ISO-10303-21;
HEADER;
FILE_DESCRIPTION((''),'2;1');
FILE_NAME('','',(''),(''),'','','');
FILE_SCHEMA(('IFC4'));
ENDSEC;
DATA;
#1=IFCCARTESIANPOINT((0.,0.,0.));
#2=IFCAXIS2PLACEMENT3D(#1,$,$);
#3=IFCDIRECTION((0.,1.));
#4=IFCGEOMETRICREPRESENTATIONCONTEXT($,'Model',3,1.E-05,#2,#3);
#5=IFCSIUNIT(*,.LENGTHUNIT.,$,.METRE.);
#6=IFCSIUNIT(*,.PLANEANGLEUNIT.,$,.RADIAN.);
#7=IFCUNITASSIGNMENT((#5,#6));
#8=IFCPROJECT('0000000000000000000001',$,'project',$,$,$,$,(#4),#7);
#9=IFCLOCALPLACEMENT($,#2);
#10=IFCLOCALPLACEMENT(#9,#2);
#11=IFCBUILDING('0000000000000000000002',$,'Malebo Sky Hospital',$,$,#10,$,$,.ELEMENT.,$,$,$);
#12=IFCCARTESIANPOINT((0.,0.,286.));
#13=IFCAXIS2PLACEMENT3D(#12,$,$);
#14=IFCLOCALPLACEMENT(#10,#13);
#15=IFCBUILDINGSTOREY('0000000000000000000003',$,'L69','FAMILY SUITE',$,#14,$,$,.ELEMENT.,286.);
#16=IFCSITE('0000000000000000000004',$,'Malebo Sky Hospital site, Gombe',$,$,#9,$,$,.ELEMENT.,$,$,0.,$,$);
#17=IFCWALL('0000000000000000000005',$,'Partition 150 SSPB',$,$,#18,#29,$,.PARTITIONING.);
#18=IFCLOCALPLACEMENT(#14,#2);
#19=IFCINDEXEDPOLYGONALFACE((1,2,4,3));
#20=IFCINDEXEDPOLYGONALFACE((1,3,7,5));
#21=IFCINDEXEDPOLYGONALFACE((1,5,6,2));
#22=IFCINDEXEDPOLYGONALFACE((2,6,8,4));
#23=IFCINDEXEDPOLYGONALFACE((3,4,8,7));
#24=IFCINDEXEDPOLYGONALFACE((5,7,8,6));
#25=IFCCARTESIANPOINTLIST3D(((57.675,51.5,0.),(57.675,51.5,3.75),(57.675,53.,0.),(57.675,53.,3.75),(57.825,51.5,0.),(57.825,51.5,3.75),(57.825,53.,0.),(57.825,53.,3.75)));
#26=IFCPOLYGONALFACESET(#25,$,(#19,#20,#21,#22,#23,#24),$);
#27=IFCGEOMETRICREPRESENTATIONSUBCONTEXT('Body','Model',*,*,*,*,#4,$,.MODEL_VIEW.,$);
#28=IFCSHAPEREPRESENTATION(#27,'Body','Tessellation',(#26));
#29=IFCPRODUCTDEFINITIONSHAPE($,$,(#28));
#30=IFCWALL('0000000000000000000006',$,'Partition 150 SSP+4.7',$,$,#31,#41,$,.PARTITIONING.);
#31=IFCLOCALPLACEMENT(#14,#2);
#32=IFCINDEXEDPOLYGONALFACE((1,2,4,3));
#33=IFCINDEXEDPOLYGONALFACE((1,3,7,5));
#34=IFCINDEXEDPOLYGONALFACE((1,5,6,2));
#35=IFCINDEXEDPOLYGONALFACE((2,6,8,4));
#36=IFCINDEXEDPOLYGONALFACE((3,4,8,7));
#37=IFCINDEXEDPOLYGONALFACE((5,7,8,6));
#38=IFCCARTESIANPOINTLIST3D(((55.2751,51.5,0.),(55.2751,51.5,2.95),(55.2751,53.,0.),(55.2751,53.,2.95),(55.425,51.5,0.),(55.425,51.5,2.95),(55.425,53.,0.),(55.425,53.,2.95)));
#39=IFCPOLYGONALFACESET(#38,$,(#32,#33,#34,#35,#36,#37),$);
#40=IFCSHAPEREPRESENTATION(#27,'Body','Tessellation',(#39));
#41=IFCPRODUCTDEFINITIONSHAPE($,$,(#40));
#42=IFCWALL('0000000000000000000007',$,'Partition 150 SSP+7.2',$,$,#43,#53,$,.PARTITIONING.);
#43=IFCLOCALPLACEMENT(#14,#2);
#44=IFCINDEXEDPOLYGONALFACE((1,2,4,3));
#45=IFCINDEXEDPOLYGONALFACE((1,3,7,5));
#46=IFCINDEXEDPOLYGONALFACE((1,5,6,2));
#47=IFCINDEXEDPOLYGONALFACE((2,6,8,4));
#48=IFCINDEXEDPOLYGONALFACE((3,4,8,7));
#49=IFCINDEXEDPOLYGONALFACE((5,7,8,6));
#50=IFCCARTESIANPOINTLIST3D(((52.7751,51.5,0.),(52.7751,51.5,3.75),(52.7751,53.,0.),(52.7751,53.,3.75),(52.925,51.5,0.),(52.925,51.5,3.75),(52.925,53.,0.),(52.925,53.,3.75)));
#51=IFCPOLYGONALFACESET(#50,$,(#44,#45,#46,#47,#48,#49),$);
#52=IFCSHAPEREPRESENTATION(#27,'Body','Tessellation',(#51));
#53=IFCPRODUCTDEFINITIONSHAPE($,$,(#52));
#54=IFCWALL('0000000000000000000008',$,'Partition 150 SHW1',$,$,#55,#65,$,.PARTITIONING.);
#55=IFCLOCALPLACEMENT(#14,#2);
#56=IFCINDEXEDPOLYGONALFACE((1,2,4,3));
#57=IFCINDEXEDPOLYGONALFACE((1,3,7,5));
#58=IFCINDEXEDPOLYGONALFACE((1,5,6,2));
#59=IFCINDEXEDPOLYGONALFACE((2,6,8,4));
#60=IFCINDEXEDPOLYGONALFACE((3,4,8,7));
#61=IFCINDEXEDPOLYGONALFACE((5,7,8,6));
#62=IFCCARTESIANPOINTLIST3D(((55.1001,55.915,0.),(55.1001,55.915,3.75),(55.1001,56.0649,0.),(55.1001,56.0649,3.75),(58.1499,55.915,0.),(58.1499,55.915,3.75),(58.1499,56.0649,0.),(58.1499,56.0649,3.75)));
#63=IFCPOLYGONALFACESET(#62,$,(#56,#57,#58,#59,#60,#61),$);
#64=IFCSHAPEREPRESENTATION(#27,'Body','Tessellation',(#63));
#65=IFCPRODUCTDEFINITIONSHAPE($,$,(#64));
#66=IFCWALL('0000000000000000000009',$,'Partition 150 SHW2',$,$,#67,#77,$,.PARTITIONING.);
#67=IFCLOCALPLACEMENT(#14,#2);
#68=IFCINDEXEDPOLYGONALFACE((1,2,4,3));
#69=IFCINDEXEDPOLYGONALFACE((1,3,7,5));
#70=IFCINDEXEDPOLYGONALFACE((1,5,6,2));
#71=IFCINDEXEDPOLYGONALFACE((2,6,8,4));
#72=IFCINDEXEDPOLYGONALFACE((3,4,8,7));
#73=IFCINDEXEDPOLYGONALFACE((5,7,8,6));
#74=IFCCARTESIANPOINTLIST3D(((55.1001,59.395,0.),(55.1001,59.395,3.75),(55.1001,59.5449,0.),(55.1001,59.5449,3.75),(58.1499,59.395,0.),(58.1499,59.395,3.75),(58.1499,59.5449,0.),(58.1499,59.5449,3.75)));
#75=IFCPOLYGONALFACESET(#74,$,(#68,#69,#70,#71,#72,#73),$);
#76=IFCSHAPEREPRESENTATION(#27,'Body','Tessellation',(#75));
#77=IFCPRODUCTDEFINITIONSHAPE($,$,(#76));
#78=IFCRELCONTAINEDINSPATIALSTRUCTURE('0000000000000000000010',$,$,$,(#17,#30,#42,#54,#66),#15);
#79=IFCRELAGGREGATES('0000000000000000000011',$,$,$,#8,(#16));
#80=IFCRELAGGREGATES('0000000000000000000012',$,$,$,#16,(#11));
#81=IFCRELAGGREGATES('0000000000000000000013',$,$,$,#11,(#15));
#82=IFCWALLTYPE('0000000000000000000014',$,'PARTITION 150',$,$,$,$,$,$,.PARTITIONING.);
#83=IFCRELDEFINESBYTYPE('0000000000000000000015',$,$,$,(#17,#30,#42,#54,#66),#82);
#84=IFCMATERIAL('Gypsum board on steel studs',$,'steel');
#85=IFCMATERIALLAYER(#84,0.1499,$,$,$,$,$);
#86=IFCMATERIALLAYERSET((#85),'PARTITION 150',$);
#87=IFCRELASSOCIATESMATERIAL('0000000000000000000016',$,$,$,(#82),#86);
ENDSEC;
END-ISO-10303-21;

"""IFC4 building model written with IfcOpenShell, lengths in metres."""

from ifc_helpers import new_model, si_unit, direction, frame, frame_2d, origin, place, context, subcontext, project, spatial, rectangle, extrude, material, layer, layer_set, type_object, element, save


model = new_model("IFC4")

# Units and contexts
model_context = context("Model", 3, precision=1e-05, world=origin(), true_north=direction((0.0, 1.0)))
body_context = subcontext(model_context, "Body", "Model", "MODEL_VIEW")
ifc_project = project(units=[si_unit("LENGTHUNIT", "METRE"), si_unit("PLANEANGLEUNIT", "RADIAN")], contexts=[model_context])

# Site, building, storey
site_placement = place(None, origin())
site = spatial("IfcSite", under=ifc_project, at=site_placement, Name="Malebo Sky Hospital site, Gombe", CompositionType="ELEMENT", RefElevation=0.0)
building_placement = place(site_placement, origin())
building = spatial("IfcBuilding", under=site, at=building_placement, Name="Malebo Sky Hospital", CompositionType="ELEMENT")
storey_placement = place(building_placement, frame((0.0, 0.0, 286.0)))
storey = spatial("IfcBuildingStorey", under=building, at=storey_placement, Name="L69", Description="FAMILY SUITE", CompositionType="ELEMENT", Elevation=286.0)

# Shared definitions
ifc_material_1 = material(Name="Gypsum board on steel studs", Category="steel")

# Shared definitions
ifc_layer_1 = layer(ifc_material_1, 0.1499)
ifc_layer_set_1 = layer_set([ifc_layer_1], Name="PARTITION 150")
wall_type_1 = type_object("IfcWallType", Name="PARTITION 150", PredefinedType="PARTITIONING", material=ifc_layer_set_1)

# Walls
wall_1_placement = place(storey_placement, frame((57.75, 53.0, 0.0), z_axis=(0.0, 0.0, 1.0), x_axis=(0.0, -1.0, 0.0)))
element("IfcWall", 1, at=wall_1_placement, inside=storey, type_object=wall_type_1, Name="Partition 150 SSPB", PredefinedType="PARTITIONING", context=body_context, shape_type="SweptSolid", body=[
    extrude(rectangle(XDim=1.5, YDim=0.1499, at=frame_2d((0.75, 0.0))), origin(), (0.0, 0.0, 1.0), 3.75),
])
wall_2_placement = place(storey_placement, frame((55.3501, 53.0, 0.0), z_axis=(0.0, 0.0, 1.0), x_axis=(0.0, -1.0, 0.0)))
element("IfcWall", 2, at=wall_2_placement, inside=storey, type_object=wall_type_1, Name="Partition 150 SSP+4.7", PredefinedType="PARTITIONING", context=body_context, shape_type="SweptSolid", body=[
    extrude(rectangle(XDim=1.5, YDim=0.1499, at=frame_2d((0.75, 0.0))), origin(), (0.0, 0.0, 1.0), 2.95),
])
wall_3_placement = place(storey_placement, frame((52.8501, 53.0, 0.0), z_axis=(0.0, 0.0, 1.0), x_axis=(0.0, -1.0, 0.0)))
element("IfcWall", 3, at=wall_3_placement, inside=storey, type_object=wall_type_1, Name="Partition 150 SSP+7.2", PredefinedType="PARTITIONING", context=body_context, shape_type="SweptSolid", body=[
    extrude(rectangle(XDim=1.5, YDim=0.1499, at=frame_2d((0.75, 0.0))), origin(), (0.0, 0.0, 1.0), 3.75),
])
for number, where, z_axis, x_axis, name in (
    (4, (55.1001, 55.99, 0.0), (0.0, 0.0, 1.0), (1.0, 0.0, 0.0), "Partition 150 SHW1"),
    (5, (55.1001, 59.47, 0.0), (0.0, 0.0, 1.0), (1.0, 0.0, 0.0), "Partition 150 SHW2"),
):
    element("IfcWall", number, at=place(storey_placement, frame(where, z_axis=z_axis, x_axis=x_axis)), inside=storey, type_object=wall_type_1, Name=name, PredefinedType="PARTITIONING", context=body_context, shape_type="SweptSolid", body=[
        extrude(rectangle(XDim=3.0498, YDim=0.1499, at=frame_2d((1.5249, 0.0))), origin(), (0.0, 0.0, 1.0), 3.75),
    ])

save(model, "model.ifc")
